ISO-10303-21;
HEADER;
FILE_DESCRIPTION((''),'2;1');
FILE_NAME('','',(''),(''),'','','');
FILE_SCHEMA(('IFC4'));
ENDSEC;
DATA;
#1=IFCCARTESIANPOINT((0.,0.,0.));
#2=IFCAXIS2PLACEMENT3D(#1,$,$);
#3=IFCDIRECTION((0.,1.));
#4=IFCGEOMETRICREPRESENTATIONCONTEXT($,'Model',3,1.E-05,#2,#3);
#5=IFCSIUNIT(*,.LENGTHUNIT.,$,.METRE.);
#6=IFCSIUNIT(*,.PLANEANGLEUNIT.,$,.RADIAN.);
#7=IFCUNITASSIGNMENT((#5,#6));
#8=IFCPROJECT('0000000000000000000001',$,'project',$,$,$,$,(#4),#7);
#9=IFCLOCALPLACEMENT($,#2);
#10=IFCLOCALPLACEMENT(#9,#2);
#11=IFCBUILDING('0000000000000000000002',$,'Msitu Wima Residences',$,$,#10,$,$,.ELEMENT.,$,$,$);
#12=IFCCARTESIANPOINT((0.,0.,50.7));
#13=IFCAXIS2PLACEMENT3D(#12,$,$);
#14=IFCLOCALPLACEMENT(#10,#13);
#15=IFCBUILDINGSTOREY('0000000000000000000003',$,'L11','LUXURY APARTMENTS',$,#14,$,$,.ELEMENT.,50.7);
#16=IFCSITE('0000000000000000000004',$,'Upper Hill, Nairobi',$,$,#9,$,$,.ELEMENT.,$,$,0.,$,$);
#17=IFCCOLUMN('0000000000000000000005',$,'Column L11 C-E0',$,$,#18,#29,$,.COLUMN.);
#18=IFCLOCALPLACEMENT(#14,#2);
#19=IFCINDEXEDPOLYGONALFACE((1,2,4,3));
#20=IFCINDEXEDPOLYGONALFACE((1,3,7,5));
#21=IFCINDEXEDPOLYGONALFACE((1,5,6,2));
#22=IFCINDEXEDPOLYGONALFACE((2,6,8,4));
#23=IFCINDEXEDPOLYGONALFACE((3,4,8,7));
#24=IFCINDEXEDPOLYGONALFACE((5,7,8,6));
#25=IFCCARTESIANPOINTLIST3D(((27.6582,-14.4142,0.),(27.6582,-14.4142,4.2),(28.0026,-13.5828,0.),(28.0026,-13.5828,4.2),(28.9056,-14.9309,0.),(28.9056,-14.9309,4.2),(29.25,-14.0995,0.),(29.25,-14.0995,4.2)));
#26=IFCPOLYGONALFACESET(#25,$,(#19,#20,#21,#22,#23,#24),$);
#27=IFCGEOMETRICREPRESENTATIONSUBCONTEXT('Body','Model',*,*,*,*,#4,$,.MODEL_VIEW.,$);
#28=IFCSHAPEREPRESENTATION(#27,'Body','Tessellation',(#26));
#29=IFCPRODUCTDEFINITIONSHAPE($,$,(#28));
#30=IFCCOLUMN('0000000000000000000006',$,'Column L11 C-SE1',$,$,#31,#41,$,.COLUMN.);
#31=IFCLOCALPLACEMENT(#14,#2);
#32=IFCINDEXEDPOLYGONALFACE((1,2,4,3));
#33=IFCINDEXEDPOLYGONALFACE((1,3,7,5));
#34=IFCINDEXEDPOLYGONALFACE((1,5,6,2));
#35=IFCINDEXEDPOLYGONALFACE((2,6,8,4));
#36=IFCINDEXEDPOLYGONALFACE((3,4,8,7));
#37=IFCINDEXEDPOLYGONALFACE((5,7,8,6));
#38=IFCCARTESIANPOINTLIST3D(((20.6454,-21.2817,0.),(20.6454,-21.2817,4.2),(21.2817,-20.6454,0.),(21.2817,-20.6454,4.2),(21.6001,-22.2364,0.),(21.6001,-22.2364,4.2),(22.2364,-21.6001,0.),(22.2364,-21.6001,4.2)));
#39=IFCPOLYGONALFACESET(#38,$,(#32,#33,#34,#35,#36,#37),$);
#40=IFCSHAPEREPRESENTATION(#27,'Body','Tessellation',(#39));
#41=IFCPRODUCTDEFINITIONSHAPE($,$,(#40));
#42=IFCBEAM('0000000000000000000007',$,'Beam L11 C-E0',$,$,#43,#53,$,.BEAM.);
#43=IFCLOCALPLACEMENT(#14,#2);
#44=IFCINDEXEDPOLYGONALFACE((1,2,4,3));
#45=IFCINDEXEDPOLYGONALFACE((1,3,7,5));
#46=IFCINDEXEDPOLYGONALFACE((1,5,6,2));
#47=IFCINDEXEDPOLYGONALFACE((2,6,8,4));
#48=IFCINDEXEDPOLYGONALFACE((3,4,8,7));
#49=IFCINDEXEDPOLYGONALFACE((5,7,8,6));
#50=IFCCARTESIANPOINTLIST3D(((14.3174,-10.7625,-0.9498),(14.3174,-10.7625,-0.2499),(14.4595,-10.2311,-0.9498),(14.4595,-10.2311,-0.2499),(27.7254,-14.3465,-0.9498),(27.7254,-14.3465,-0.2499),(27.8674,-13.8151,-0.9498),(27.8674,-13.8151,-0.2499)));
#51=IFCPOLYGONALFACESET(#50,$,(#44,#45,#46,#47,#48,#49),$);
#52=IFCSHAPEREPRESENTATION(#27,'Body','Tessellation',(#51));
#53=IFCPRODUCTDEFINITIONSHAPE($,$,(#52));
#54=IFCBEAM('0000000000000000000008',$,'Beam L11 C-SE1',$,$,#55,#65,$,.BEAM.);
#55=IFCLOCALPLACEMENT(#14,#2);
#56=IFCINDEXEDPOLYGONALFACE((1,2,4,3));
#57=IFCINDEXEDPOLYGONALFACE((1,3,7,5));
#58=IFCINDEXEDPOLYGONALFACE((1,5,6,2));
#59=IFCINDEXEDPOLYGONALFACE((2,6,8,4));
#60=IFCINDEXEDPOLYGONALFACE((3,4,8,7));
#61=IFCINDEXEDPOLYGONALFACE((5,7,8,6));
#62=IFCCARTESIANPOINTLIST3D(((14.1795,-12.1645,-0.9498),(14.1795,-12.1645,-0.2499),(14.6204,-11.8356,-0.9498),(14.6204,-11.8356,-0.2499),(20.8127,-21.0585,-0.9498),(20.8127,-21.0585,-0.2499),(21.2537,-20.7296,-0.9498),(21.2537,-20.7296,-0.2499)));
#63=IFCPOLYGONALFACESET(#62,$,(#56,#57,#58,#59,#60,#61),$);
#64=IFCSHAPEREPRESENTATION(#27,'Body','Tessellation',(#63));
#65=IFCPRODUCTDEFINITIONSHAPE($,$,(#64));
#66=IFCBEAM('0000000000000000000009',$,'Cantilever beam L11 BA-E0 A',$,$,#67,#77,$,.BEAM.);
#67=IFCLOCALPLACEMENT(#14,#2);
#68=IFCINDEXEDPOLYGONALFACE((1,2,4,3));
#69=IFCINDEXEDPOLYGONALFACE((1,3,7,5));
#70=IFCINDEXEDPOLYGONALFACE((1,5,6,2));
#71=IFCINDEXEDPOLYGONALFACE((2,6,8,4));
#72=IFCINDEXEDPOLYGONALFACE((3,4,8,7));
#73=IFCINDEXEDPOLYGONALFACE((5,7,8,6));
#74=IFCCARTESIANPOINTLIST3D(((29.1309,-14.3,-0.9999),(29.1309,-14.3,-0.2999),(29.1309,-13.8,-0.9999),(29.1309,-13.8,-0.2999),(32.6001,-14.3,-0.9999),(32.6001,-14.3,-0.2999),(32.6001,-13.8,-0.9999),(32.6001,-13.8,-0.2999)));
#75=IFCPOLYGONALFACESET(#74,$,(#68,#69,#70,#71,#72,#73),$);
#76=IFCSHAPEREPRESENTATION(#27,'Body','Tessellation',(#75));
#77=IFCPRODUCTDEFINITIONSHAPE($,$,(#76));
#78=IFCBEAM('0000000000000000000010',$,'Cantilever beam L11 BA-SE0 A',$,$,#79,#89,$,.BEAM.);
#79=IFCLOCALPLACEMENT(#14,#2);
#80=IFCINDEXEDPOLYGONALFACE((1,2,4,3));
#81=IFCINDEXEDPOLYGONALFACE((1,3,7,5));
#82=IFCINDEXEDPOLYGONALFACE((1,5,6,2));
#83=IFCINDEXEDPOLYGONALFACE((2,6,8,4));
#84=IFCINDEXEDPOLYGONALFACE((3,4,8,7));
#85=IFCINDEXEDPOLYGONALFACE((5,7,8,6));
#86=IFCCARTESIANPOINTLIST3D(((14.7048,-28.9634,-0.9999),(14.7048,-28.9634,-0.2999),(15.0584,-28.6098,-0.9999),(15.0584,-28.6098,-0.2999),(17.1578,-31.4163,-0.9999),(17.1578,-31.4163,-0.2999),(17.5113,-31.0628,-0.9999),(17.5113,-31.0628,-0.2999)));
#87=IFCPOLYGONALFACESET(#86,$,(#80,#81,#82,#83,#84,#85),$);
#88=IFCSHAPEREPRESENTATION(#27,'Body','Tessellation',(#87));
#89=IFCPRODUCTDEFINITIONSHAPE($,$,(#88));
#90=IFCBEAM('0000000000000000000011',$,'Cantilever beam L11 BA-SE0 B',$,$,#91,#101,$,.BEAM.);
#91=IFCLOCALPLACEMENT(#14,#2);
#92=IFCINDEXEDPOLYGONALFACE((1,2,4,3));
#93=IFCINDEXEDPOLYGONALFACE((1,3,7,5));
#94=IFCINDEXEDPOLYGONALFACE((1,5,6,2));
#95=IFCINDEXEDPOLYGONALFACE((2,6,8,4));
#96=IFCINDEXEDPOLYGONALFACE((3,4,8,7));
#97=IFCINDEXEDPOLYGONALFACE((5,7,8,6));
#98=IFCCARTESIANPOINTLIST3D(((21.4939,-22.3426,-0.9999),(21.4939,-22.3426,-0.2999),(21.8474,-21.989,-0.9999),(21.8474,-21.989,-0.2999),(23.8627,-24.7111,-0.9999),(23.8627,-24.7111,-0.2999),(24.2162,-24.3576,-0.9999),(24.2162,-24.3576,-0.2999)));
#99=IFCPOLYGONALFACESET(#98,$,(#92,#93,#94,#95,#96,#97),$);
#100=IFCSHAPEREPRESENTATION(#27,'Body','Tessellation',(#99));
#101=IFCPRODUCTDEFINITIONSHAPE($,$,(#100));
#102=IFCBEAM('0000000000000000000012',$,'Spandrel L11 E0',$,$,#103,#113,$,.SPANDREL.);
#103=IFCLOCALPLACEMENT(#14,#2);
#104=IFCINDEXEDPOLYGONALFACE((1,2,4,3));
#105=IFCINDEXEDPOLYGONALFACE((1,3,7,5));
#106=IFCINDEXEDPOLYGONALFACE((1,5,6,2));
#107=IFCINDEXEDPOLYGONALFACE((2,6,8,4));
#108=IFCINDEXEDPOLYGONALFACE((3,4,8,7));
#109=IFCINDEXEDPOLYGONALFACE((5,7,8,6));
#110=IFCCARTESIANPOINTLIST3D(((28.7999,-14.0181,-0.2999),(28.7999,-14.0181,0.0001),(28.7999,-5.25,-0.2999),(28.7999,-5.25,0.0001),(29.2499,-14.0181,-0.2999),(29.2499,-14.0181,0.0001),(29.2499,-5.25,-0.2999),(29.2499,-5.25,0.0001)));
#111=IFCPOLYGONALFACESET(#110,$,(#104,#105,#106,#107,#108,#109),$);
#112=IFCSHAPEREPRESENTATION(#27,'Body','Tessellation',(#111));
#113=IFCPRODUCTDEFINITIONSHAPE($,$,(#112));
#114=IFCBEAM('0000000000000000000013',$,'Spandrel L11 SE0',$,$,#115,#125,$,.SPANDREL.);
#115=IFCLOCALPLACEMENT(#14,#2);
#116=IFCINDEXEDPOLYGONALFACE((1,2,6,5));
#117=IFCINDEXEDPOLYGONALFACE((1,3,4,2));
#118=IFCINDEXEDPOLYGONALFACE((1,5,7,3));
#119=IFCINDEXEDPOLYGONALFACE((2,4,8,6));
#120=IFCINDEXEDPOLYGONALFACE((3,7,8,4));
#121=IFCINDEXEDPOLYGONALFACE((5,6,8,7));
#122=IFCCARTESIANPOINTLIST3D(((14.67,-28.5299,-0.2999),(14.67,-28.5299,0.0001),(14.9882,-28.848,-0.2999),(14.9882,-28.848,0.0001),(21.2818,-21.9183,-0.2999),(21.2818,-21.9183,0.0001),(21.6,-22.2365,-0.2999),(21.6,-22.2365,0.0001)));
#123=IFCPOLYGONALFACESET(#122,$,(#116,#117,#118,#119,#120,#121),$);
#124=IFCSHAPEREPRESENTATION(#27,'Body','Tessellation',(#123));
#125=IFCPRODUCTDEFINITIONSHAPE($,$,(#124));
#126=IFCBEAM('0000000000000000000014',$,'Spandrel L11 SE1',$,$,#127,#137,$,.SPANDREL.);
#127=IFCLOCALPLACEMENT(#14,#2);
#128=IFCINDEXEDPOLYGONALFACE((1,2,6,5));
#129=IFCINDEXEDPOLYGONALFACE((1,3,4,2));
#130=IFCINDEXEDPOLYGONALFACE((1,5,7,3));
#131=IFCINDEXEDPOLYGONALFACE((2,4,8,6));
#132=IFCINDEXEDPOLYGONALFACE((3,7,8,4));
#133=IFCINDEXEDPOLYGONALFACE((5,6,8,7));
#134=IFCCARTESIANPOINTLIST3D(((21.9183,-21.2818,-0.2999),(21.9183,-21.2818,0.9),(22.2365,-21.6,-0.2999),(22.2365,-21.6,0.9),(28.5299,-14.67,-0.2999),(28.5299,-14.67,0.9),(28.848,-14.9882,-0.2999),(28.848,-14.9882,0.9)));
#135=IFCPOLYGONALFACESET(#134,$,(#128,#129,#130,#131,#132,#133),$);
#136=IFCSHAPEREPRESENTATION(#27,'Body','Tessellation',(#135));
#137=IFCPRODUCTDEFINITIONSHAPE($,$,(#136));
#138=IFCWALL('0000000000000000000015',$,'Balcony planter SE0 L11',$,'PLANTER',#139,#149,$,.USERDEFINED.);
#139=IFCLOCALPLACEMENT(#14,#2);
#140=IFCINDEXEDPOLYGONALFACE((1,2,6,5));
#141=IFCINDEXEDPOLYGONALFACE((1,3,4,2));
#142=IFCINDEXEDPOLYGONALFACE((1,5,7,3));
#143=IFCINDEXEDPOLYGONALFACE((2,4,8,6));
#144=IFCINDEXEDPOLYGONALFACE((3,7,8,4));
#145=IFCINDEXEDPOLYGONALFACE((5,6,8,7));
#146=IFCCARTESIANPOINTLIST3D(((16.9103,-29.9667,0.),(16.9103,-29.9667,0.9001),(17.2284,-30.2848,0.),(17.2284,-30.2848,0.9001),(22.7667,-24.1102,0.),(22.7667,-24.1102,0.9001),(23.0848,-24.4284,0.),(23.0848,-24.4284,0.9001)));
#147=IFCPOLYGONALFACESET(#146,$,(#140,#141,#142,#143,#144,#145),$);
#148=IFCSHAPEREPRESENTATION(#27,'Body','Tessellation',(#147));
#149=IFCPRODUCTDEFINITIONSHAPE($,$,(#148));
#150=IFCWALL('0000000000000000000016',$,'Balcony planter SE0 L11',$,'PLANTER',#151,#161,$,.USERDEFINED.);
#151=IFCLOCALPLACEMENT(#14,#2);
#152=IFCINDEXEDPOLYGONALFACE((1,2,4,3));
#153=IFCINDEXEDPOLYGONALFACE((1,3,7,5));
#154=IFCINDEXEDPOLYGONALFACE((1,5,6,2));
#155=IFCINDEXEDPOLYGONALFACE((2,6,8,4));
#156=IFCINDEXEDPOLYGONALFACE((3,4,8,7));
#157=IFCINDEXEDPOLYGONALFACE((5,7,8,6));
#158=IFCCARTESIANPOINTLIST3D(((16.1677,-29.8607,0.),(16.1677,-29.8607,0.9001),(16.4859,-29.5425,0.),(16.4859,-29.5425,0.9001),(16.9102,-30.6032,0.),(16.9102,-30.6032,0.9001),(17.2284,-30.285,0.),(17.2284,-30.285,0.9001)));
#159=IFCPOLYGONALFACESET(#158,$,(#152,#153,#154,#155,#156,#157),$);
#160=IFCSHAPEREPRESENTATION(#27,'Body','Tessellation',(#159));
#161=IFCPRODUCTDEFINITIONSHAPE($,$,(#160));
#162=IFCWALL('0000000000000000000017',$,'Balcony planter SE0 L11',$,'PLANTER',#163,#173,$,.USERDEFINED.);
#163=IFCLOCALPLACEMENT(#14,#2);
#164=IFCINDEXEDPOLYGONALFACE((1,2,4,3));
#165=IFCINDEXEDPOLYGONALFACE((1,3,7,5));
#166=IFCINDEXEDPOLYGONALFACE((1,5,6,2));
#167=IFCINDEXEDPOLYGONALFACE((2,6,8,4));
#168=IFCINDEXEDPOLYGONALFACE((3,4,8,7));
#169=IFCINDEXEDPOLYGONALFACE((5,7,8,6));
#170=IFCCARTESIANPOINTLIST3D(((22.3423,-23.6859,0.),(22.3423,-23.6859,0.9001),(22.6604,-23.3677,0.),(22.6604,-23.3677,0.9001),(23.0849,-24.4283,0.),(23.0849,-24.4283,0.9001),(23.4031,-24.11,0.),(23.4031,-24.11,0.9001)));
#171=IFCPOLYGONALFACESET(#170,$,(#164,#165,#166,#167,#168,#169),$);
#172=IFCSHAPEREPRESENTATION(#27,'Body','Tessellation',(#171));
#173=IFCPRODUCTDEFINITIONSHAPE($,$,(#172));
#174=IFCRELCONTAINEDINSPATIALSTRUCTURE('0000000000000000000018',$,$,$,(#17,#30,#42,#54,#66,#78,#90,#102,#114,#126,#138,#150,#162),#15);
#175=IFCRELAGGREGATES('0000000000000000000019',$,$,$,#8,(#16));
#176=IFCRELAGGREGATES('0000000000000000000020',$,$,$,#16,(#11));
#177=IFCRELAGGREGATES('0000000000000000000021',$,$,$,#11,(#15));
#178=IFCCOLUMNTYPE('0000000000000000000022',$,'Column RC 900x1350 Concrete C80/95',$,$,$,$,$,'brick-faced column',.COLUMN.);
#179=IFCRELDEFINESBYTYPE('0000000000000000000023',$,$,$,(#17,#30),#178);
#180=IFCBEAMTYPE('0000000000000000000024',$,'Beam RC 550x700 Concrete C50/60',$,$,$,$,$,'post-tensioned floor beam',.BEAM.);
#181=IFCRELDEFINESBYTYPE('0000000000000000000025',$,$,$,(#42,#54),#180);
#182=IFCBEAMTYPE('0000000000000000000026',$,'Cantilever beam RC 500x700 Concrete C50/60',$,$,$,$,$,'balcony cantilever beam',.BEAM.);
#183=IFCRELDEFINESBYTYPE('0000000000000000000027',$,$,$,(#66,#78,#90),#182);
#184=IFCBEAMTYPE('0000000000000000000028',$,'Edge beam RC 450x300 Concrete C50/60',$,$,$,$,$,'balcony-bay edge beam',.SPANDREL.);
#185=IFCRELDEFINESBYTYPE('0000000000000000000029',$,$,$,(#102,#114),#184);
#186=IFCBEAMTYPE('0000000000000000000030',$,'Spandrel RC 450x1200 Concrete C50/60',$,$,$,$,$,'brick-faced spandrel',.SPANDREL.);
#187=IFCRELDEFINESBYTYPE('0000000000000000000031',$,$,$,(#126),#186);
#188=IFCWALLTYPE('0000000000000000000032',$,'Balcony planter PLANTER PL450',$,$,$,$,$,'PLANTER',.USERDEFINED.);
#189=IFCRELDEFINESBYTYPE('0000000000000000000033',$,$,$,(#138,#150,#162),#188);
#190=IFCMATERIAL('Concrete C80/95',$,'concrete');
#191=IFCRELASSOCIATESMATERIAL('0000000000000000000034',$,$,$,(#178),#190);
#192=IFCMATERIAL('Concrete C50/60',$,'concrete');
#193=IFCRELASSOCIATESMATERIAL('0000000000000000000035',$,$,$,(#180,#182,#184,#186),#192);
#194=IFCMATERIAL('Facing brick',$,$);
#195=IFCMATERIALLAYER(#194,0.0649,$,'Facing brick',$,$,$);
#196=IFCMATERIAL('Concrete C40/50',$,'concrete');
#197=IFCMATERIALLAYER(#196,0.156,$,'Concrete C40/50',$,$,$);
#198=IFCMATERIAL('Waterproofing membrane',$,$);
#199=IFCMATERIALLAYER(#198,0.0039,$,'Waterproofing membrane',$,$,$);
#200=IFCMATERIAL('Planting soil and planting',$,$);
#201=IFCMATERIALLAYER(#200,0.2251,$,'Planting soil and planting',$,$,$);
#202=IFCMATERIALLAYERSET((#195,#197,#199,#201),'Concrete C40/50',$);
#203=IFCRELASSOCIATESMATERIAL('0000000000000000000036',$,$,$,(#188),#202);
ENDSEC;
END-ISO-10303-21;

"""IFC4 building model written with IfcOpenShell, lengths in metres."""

from ifc_helpers import new_model, si_unit, direction, frame, frame_2d, origin, origin_2d, place, context, subcontext, project, spatial, rectangle, extrude, material, layer, layer_set, material_profile, profile_set, type_object, element, save


model = new_model("IFC4")

# Units and contexts
model_context = context("Model", 3, precision=1e-05, world=origin(), true_north=direction((0.0, 1.0)))
body_context = subcontext(model_context, "Body", "Model", "MODEL_VIEW")
ifc_project = project(units=[si_unit("LENGTHUNIT", "METRE"), si_unit("PLANEANGLEUNIT", "RADIAN")], contexts=[model_context])

# Site, building, storey
site_placement = place(None, origin())
site = spatial("IfcSite", under=ifc_project, at=site_placement, Name="Upper Hill, Nairobi", CompositionType="ELEMENT", RefElevation=0.0)
building_placement = place(site_placement, origin())
building = spatial("IfcBuilding", under=site, at=building_placement, Name="Msitu Wima Residences", CompositionType="ELEMENT")
storey_placement = place(building_placement, frame((0.0, 0.0, 50.7)))
storey = spatial("IfcBuildingStorey", under=building, at=storey_placement, Name="L11", Description="LUXURY APARTMENTS", CompositionType="ELEMENT", Elevation=50.7)

# Columns
ifc_material_1 = material(Name="Concrete C80/95", Category="concrete")
ifc_material_profile_1 = material_profile(ifc_material_1, rectangle(XDim=0.8999, YDim=1.3501, at=origin_2d()), Name="RC 900x1350")
ifc_profile_set_1 = profile_set([ifc_material_profile_1], Name="Concrete C80/95")
column_type = type_object("IfcColumnType", Name="Column RC 900x1350 Concrete C80/95", ElementType="brick-faced column", PredefinedType="COLUMN", material=ifc_profile_set_1)
for number, where, z_axis, x_axis, name in (
    (1, (28.4541, -14.2568, 0.0), (0.0, 0.0, 1.0), (0.382683, 0.92388, 0.0), "Column L11 C-E0"),
    (2, (21.4409, -21.4409, 0.0), (0.0, 0.0, 1.0), (0.707107, 0.707107, 0.0), "Column L11 C-SE1"),
):
    element("IfcColumn", number, at=place(storey_placement, frame(where, z_axis=z_axis, x_axis=x_axis)), inside=storey, type_object=column_type, Name=name, PredefinedType="COLUMN", context=body_context, shape_type="SweptSolid", body=[
        extrude(rectangle(XDim=0.8999, YDim=1.3501, at=origin_2d()), origin(), (0.0, 0.0, 1.0), 4.2),
    ])

# Beams
ifc_material_2 = material(Name="Concrete C50/60", Category="concrete")
ifc_material_profile_2 = material_profile(ifc_material_2, rectangle(XDim=0.55, YDim=0.7, at=origin_2d()), Name="RC 550x700")
ifc_profile_set_2 = profile_set([ifc_material_profile_2], Name="Concrete C50/60")
beam_type_1 = type_object("IfcBeamType", Name="Beam RC 550x700 Concrete C50/60", ElementType="post-tensioned floor beam", PredefinedType="BEAM", material=ifc_profile_set_2)
beam_1_placement = place(storey_placement, frame((27.7964, -14.0808, -0.5999), z_axis=(-0.966082, 0.258236, 0.0), x_axis=(-0.258236, -0.966082, 0.0)))
element("IfcBeam", 3, at=beam_1_placement, inside=storey, type_object=beam_type_1, Name="Beam L11 C-E0", PredefinedType="BEAM", context=body_context, shape_type="SweptSolid", body=[
    extrude(rectangle(XDim=0.55, YDim=0.7, at=origin_2d()), origin(), (0.0, 0.0, 1.0), 13.8787),
])
beam_2_placement = place(storey_placement, frame((21.0332, -20.894, -0.5999), z_axis=(-0.59785, 0.801608, 0.0), x_axis=(-0.801608, -0.59785, 0.0)))
element("IfcBeam", 4, at=beam_2_placement, inside=storey, type_object=beam_type_1, Name="Beam L11 C-SE1", PredefinedType="BEAM", context=body_context, shape_type="SweptSolid", body=[
    extrude(rectangle(XDim=0.55, YDim=0.7, at=origin_2d()), origin(), (0.0, 0.0, 1.0), 11.0952),
])
ifc_material_profile_3 = material_profile(ifc_material_2, rectangle(XDim=0.5, YDim=0.7, at=origin_2d()), Name="RC 500x700")
ifc_profile_set_3 = profile_set([ifc_material_profile_3], Name="Concrete C50/60")
beam_type_2 = type_object("IfcBeamType", Name="Cantilever beam RC 500x700 Concrete C50/60", ElementType="balcony cantilever beam", PredefinedType="BEAM", material=ifc_profile_set_3)
beam_3_placement = place(storey_placement, frame((29.1309, -14.05, -0.6499), z_axis=(1.0, 0.0, 0.0), x_axis=(0.0, 1.0, 0.0)))
element("IfcBeam", 5, at=beam_3_placement, inside=storey, type_object=beam_type_2, Name="Cantilever beam L11 BA-E0 A", PredefinedType="BEAM", context=body_context, shape_type="SweptSolid", body=[
    extrude(rectangle(XDim=0.5, YDim=0.7, at=origin_2d()), origin(), (0.0, 0.0, 1.0), 3.4692),
])
beam_4_placement = place(storey_placement, frame((14.8816, -28.7866, -0.6499), z_axis=(0.707107, -0.707107, 0.0), x_axis=(0.707107, 0.707107, 0.0)))
element("IfcBeam", 6, at=beam_4_placement, inside=storey, type_object=beam_type_2, Name="Cantilever beam L11 BA-SE0 A", PredefinedType="BEAM", context=body_context, shape_type="SweptSolid", body=[
    extrude(rectangle(XDim=0.5, YDim=0.7, at=origin_2d()), origin(), (0.0, 0.0, 1.0), 3.469),
])
beam_5_placement = place(storey_placement, frame((21.6707, -22.1658, -0.6499), z_axis=(0.707143, -0.70707, 0.0), x_axis=(0.70707, 0.707143, 0.0)))
element("IfcBeam", 7, at=beam_5_placement, inside=storey, type_object=beam_type_2, Name="Cantilever beam L11 BA-SE0 B", PredefinedType="BEAM", context=body_context, shape_type="SweptSolid", body=[
    extrude(rectangle(XDim=0.5, YDim=0.7, at=origin_2d()), origin(), (0.0, 0.0, 1.0), 3.3499),
])
ifc_material_profile_4 = material_profile(ifc_material_2, rectangle(XDim=0.45, YDim=0.3, at=origin_2d()), Name="RC 450x300")
ifc_profile_set_4 = profile_set([ifc_material_profile_4], Name="Concrete C50/60")
beam_type_3 = type_object("IfcBeamType", Name="Edge beam RC 450x300 Concrete C50/60", ElementType="balcony-bay edge beam", PredefinedType="SPANDREL", material=ifc_profile_set_4)
beam_6_placement = place(storey_placement, frame((29.0249, -14.0181, -0.1499), z_axis=(0.0, 1.0, 0.0), x_axis=(-1.0, 0.0, 0.0)))
element("IfcBeam", 8, at=beam_6_placement, inside=storey, type_object=beam_type_3, Name="Spandrel L11 E0", PredefinedType="SPANDREL", context=body_context, shape_type="SweptSolid", body=[
    extrude(rectangle(XDim=0.45, YDim=0.3, at=origin_2d()), origin(), (0.0, 0.0, 1.0), 8.7681),
])
beam_7_placement = place(storey_placement, frame((14.8291, -28.689, -0.1499), z_axis=(0.70712, 0.707094, 0.0), x_axis=(-0.707094, 0.70712, 0.0)))
element("IfcBeam", 9, at=beam_7_placement, inside=storey, type_object=beam_type_3, Name="Spandrel L11 SE0", PredefinedType="SPANDREL", context=body_context, shape_type="SweptSolid", body=[
    extrude(rectangle(XDim=0.45, YDim=0.3, at=origin_2d()), origin(), (0.0, 0.0, 1.0), 9.3503),
])
ifc_material_profile_5 = material_profile(ifc_material_2, rectangle(XDim=0.45, YDim=1.2, at=origin_2d()), Name="RC 450x1200")
ifc_profile_set_5 = profile_set([ifc_material_profile_5], Name="Concrete C50/60")
beam_type_4 = type_object("IfcBeamType", Name="Spandrel RC 450x1200 Concrete C50/60", ElementType="brick-faced spandrel", PredefinedType="SPANDREL", material=ifc_profile_set_5)
beam_8_placement = place(storey_placement, frame((22.0774, -21.4409, 0.3), z_axis=(0.707094, 0.70712, 0.0), x_axis=(-0.70712, 0.707094, 0.0)))
element("IfcBeam", 10, at=beam_8_placement, inside=storey, type_object=beam_type_4, Name="Spandrel L11 SE1", PredefinedType="SPANDREL", context=body_context, shape_type="SweptSolid", body=[
    extrude(rectangle(XDim=0.45, YDim=1.2, at=origin_2d()), origin(), (0.0, 0.0, 1.0), 9.3503),
])

# Walls
ifc_material_3 = material(Name="Facing brick")
ifc_layer_1 = layer(ifc_material_3, 0.0649, Name="Facing brick")
ifc_material_4 = material(Name="Concrete C40/50", Category="concrete")
ifc_layer_2 = layer(ifc_material_4, 0.156, Name="Concrete C40/50")
ifc_material_5 = material(Name="Waterproofing membrane")
ifc_layer_3 = layer(ifc_material_5, 0.0039, Name="Waterproofing membrane")
ifc_material_6 = material(Name="Planting soil and planting")
ifc_layer_4 = layer(ifc_material_6, 0.2251, Name="Planting soil and planting")
ifc_layer_set_1 = layer_set([ifc_layer_1, ifc_layer_2, ifc_layer_3, ifc_layer_4], Name="Concrete C40/50")
wall_type_1 = type_object("IfcWallType", Name="Balcony planter PLANTER PL450", ElementType="PLANTER", PredefinedType="USERDEFINED", material=ifc_layer_set_1)
wall_1_placement = place(storey_placement, frame((17.0693, -30.1257, 0.0), z_axis=(0.0, 0.0, 1.0), x_axis=(0.707107, 0.707107, 0.0)))
element("IfcWall", 11, at=wall_1_placement, inside=storey, type_object=wall_type_1, Name="Balcony planter SE0 L11", ObjectType="PLANTER", PredefinedType="USERDEFINED", context=body_context, shape_type="SweptSolid", body=[
    extrude(rectangle(XDim=8.2822, YDim=0.45, at=frame_2d((4.1411, 0.0))), origin(), (0.0, 0.0, 1.0), 0.9001),
])
for number, where, z_axis, x_axis, name in (
    (12, (16.3269, -29.7017, 0.0), (0.0, 0.0, 1.0), (0.707107, -0.707107, 0.0), "Balcony planter SE0 L11"),
    (13, (22.5015, -23.5269, 0.0), (0.0, 0.0, 1.0), (0.707223, -0.706991, 0.0), "Balcony planter SE0 L11"),
):
    element("IfcWall", number, at=place(storey_placement, frame(where, z_axis=z_axis, x_axis=x_axis)), inside=storey, type_object=wall_type_1, Name=name, ObjectType="PLANTER", PredefinedType="USERDEFINED", context=body_context, shape_type="SweptSolid", body=[
        extrude(rectangle(XDim=1.05, YDim=0.45, at=frame_2d((0.5249, 0.0))), origin(), (0.0, 0.0, 1.0), 0.9001),
    ])

save(model, "model.ifc")
